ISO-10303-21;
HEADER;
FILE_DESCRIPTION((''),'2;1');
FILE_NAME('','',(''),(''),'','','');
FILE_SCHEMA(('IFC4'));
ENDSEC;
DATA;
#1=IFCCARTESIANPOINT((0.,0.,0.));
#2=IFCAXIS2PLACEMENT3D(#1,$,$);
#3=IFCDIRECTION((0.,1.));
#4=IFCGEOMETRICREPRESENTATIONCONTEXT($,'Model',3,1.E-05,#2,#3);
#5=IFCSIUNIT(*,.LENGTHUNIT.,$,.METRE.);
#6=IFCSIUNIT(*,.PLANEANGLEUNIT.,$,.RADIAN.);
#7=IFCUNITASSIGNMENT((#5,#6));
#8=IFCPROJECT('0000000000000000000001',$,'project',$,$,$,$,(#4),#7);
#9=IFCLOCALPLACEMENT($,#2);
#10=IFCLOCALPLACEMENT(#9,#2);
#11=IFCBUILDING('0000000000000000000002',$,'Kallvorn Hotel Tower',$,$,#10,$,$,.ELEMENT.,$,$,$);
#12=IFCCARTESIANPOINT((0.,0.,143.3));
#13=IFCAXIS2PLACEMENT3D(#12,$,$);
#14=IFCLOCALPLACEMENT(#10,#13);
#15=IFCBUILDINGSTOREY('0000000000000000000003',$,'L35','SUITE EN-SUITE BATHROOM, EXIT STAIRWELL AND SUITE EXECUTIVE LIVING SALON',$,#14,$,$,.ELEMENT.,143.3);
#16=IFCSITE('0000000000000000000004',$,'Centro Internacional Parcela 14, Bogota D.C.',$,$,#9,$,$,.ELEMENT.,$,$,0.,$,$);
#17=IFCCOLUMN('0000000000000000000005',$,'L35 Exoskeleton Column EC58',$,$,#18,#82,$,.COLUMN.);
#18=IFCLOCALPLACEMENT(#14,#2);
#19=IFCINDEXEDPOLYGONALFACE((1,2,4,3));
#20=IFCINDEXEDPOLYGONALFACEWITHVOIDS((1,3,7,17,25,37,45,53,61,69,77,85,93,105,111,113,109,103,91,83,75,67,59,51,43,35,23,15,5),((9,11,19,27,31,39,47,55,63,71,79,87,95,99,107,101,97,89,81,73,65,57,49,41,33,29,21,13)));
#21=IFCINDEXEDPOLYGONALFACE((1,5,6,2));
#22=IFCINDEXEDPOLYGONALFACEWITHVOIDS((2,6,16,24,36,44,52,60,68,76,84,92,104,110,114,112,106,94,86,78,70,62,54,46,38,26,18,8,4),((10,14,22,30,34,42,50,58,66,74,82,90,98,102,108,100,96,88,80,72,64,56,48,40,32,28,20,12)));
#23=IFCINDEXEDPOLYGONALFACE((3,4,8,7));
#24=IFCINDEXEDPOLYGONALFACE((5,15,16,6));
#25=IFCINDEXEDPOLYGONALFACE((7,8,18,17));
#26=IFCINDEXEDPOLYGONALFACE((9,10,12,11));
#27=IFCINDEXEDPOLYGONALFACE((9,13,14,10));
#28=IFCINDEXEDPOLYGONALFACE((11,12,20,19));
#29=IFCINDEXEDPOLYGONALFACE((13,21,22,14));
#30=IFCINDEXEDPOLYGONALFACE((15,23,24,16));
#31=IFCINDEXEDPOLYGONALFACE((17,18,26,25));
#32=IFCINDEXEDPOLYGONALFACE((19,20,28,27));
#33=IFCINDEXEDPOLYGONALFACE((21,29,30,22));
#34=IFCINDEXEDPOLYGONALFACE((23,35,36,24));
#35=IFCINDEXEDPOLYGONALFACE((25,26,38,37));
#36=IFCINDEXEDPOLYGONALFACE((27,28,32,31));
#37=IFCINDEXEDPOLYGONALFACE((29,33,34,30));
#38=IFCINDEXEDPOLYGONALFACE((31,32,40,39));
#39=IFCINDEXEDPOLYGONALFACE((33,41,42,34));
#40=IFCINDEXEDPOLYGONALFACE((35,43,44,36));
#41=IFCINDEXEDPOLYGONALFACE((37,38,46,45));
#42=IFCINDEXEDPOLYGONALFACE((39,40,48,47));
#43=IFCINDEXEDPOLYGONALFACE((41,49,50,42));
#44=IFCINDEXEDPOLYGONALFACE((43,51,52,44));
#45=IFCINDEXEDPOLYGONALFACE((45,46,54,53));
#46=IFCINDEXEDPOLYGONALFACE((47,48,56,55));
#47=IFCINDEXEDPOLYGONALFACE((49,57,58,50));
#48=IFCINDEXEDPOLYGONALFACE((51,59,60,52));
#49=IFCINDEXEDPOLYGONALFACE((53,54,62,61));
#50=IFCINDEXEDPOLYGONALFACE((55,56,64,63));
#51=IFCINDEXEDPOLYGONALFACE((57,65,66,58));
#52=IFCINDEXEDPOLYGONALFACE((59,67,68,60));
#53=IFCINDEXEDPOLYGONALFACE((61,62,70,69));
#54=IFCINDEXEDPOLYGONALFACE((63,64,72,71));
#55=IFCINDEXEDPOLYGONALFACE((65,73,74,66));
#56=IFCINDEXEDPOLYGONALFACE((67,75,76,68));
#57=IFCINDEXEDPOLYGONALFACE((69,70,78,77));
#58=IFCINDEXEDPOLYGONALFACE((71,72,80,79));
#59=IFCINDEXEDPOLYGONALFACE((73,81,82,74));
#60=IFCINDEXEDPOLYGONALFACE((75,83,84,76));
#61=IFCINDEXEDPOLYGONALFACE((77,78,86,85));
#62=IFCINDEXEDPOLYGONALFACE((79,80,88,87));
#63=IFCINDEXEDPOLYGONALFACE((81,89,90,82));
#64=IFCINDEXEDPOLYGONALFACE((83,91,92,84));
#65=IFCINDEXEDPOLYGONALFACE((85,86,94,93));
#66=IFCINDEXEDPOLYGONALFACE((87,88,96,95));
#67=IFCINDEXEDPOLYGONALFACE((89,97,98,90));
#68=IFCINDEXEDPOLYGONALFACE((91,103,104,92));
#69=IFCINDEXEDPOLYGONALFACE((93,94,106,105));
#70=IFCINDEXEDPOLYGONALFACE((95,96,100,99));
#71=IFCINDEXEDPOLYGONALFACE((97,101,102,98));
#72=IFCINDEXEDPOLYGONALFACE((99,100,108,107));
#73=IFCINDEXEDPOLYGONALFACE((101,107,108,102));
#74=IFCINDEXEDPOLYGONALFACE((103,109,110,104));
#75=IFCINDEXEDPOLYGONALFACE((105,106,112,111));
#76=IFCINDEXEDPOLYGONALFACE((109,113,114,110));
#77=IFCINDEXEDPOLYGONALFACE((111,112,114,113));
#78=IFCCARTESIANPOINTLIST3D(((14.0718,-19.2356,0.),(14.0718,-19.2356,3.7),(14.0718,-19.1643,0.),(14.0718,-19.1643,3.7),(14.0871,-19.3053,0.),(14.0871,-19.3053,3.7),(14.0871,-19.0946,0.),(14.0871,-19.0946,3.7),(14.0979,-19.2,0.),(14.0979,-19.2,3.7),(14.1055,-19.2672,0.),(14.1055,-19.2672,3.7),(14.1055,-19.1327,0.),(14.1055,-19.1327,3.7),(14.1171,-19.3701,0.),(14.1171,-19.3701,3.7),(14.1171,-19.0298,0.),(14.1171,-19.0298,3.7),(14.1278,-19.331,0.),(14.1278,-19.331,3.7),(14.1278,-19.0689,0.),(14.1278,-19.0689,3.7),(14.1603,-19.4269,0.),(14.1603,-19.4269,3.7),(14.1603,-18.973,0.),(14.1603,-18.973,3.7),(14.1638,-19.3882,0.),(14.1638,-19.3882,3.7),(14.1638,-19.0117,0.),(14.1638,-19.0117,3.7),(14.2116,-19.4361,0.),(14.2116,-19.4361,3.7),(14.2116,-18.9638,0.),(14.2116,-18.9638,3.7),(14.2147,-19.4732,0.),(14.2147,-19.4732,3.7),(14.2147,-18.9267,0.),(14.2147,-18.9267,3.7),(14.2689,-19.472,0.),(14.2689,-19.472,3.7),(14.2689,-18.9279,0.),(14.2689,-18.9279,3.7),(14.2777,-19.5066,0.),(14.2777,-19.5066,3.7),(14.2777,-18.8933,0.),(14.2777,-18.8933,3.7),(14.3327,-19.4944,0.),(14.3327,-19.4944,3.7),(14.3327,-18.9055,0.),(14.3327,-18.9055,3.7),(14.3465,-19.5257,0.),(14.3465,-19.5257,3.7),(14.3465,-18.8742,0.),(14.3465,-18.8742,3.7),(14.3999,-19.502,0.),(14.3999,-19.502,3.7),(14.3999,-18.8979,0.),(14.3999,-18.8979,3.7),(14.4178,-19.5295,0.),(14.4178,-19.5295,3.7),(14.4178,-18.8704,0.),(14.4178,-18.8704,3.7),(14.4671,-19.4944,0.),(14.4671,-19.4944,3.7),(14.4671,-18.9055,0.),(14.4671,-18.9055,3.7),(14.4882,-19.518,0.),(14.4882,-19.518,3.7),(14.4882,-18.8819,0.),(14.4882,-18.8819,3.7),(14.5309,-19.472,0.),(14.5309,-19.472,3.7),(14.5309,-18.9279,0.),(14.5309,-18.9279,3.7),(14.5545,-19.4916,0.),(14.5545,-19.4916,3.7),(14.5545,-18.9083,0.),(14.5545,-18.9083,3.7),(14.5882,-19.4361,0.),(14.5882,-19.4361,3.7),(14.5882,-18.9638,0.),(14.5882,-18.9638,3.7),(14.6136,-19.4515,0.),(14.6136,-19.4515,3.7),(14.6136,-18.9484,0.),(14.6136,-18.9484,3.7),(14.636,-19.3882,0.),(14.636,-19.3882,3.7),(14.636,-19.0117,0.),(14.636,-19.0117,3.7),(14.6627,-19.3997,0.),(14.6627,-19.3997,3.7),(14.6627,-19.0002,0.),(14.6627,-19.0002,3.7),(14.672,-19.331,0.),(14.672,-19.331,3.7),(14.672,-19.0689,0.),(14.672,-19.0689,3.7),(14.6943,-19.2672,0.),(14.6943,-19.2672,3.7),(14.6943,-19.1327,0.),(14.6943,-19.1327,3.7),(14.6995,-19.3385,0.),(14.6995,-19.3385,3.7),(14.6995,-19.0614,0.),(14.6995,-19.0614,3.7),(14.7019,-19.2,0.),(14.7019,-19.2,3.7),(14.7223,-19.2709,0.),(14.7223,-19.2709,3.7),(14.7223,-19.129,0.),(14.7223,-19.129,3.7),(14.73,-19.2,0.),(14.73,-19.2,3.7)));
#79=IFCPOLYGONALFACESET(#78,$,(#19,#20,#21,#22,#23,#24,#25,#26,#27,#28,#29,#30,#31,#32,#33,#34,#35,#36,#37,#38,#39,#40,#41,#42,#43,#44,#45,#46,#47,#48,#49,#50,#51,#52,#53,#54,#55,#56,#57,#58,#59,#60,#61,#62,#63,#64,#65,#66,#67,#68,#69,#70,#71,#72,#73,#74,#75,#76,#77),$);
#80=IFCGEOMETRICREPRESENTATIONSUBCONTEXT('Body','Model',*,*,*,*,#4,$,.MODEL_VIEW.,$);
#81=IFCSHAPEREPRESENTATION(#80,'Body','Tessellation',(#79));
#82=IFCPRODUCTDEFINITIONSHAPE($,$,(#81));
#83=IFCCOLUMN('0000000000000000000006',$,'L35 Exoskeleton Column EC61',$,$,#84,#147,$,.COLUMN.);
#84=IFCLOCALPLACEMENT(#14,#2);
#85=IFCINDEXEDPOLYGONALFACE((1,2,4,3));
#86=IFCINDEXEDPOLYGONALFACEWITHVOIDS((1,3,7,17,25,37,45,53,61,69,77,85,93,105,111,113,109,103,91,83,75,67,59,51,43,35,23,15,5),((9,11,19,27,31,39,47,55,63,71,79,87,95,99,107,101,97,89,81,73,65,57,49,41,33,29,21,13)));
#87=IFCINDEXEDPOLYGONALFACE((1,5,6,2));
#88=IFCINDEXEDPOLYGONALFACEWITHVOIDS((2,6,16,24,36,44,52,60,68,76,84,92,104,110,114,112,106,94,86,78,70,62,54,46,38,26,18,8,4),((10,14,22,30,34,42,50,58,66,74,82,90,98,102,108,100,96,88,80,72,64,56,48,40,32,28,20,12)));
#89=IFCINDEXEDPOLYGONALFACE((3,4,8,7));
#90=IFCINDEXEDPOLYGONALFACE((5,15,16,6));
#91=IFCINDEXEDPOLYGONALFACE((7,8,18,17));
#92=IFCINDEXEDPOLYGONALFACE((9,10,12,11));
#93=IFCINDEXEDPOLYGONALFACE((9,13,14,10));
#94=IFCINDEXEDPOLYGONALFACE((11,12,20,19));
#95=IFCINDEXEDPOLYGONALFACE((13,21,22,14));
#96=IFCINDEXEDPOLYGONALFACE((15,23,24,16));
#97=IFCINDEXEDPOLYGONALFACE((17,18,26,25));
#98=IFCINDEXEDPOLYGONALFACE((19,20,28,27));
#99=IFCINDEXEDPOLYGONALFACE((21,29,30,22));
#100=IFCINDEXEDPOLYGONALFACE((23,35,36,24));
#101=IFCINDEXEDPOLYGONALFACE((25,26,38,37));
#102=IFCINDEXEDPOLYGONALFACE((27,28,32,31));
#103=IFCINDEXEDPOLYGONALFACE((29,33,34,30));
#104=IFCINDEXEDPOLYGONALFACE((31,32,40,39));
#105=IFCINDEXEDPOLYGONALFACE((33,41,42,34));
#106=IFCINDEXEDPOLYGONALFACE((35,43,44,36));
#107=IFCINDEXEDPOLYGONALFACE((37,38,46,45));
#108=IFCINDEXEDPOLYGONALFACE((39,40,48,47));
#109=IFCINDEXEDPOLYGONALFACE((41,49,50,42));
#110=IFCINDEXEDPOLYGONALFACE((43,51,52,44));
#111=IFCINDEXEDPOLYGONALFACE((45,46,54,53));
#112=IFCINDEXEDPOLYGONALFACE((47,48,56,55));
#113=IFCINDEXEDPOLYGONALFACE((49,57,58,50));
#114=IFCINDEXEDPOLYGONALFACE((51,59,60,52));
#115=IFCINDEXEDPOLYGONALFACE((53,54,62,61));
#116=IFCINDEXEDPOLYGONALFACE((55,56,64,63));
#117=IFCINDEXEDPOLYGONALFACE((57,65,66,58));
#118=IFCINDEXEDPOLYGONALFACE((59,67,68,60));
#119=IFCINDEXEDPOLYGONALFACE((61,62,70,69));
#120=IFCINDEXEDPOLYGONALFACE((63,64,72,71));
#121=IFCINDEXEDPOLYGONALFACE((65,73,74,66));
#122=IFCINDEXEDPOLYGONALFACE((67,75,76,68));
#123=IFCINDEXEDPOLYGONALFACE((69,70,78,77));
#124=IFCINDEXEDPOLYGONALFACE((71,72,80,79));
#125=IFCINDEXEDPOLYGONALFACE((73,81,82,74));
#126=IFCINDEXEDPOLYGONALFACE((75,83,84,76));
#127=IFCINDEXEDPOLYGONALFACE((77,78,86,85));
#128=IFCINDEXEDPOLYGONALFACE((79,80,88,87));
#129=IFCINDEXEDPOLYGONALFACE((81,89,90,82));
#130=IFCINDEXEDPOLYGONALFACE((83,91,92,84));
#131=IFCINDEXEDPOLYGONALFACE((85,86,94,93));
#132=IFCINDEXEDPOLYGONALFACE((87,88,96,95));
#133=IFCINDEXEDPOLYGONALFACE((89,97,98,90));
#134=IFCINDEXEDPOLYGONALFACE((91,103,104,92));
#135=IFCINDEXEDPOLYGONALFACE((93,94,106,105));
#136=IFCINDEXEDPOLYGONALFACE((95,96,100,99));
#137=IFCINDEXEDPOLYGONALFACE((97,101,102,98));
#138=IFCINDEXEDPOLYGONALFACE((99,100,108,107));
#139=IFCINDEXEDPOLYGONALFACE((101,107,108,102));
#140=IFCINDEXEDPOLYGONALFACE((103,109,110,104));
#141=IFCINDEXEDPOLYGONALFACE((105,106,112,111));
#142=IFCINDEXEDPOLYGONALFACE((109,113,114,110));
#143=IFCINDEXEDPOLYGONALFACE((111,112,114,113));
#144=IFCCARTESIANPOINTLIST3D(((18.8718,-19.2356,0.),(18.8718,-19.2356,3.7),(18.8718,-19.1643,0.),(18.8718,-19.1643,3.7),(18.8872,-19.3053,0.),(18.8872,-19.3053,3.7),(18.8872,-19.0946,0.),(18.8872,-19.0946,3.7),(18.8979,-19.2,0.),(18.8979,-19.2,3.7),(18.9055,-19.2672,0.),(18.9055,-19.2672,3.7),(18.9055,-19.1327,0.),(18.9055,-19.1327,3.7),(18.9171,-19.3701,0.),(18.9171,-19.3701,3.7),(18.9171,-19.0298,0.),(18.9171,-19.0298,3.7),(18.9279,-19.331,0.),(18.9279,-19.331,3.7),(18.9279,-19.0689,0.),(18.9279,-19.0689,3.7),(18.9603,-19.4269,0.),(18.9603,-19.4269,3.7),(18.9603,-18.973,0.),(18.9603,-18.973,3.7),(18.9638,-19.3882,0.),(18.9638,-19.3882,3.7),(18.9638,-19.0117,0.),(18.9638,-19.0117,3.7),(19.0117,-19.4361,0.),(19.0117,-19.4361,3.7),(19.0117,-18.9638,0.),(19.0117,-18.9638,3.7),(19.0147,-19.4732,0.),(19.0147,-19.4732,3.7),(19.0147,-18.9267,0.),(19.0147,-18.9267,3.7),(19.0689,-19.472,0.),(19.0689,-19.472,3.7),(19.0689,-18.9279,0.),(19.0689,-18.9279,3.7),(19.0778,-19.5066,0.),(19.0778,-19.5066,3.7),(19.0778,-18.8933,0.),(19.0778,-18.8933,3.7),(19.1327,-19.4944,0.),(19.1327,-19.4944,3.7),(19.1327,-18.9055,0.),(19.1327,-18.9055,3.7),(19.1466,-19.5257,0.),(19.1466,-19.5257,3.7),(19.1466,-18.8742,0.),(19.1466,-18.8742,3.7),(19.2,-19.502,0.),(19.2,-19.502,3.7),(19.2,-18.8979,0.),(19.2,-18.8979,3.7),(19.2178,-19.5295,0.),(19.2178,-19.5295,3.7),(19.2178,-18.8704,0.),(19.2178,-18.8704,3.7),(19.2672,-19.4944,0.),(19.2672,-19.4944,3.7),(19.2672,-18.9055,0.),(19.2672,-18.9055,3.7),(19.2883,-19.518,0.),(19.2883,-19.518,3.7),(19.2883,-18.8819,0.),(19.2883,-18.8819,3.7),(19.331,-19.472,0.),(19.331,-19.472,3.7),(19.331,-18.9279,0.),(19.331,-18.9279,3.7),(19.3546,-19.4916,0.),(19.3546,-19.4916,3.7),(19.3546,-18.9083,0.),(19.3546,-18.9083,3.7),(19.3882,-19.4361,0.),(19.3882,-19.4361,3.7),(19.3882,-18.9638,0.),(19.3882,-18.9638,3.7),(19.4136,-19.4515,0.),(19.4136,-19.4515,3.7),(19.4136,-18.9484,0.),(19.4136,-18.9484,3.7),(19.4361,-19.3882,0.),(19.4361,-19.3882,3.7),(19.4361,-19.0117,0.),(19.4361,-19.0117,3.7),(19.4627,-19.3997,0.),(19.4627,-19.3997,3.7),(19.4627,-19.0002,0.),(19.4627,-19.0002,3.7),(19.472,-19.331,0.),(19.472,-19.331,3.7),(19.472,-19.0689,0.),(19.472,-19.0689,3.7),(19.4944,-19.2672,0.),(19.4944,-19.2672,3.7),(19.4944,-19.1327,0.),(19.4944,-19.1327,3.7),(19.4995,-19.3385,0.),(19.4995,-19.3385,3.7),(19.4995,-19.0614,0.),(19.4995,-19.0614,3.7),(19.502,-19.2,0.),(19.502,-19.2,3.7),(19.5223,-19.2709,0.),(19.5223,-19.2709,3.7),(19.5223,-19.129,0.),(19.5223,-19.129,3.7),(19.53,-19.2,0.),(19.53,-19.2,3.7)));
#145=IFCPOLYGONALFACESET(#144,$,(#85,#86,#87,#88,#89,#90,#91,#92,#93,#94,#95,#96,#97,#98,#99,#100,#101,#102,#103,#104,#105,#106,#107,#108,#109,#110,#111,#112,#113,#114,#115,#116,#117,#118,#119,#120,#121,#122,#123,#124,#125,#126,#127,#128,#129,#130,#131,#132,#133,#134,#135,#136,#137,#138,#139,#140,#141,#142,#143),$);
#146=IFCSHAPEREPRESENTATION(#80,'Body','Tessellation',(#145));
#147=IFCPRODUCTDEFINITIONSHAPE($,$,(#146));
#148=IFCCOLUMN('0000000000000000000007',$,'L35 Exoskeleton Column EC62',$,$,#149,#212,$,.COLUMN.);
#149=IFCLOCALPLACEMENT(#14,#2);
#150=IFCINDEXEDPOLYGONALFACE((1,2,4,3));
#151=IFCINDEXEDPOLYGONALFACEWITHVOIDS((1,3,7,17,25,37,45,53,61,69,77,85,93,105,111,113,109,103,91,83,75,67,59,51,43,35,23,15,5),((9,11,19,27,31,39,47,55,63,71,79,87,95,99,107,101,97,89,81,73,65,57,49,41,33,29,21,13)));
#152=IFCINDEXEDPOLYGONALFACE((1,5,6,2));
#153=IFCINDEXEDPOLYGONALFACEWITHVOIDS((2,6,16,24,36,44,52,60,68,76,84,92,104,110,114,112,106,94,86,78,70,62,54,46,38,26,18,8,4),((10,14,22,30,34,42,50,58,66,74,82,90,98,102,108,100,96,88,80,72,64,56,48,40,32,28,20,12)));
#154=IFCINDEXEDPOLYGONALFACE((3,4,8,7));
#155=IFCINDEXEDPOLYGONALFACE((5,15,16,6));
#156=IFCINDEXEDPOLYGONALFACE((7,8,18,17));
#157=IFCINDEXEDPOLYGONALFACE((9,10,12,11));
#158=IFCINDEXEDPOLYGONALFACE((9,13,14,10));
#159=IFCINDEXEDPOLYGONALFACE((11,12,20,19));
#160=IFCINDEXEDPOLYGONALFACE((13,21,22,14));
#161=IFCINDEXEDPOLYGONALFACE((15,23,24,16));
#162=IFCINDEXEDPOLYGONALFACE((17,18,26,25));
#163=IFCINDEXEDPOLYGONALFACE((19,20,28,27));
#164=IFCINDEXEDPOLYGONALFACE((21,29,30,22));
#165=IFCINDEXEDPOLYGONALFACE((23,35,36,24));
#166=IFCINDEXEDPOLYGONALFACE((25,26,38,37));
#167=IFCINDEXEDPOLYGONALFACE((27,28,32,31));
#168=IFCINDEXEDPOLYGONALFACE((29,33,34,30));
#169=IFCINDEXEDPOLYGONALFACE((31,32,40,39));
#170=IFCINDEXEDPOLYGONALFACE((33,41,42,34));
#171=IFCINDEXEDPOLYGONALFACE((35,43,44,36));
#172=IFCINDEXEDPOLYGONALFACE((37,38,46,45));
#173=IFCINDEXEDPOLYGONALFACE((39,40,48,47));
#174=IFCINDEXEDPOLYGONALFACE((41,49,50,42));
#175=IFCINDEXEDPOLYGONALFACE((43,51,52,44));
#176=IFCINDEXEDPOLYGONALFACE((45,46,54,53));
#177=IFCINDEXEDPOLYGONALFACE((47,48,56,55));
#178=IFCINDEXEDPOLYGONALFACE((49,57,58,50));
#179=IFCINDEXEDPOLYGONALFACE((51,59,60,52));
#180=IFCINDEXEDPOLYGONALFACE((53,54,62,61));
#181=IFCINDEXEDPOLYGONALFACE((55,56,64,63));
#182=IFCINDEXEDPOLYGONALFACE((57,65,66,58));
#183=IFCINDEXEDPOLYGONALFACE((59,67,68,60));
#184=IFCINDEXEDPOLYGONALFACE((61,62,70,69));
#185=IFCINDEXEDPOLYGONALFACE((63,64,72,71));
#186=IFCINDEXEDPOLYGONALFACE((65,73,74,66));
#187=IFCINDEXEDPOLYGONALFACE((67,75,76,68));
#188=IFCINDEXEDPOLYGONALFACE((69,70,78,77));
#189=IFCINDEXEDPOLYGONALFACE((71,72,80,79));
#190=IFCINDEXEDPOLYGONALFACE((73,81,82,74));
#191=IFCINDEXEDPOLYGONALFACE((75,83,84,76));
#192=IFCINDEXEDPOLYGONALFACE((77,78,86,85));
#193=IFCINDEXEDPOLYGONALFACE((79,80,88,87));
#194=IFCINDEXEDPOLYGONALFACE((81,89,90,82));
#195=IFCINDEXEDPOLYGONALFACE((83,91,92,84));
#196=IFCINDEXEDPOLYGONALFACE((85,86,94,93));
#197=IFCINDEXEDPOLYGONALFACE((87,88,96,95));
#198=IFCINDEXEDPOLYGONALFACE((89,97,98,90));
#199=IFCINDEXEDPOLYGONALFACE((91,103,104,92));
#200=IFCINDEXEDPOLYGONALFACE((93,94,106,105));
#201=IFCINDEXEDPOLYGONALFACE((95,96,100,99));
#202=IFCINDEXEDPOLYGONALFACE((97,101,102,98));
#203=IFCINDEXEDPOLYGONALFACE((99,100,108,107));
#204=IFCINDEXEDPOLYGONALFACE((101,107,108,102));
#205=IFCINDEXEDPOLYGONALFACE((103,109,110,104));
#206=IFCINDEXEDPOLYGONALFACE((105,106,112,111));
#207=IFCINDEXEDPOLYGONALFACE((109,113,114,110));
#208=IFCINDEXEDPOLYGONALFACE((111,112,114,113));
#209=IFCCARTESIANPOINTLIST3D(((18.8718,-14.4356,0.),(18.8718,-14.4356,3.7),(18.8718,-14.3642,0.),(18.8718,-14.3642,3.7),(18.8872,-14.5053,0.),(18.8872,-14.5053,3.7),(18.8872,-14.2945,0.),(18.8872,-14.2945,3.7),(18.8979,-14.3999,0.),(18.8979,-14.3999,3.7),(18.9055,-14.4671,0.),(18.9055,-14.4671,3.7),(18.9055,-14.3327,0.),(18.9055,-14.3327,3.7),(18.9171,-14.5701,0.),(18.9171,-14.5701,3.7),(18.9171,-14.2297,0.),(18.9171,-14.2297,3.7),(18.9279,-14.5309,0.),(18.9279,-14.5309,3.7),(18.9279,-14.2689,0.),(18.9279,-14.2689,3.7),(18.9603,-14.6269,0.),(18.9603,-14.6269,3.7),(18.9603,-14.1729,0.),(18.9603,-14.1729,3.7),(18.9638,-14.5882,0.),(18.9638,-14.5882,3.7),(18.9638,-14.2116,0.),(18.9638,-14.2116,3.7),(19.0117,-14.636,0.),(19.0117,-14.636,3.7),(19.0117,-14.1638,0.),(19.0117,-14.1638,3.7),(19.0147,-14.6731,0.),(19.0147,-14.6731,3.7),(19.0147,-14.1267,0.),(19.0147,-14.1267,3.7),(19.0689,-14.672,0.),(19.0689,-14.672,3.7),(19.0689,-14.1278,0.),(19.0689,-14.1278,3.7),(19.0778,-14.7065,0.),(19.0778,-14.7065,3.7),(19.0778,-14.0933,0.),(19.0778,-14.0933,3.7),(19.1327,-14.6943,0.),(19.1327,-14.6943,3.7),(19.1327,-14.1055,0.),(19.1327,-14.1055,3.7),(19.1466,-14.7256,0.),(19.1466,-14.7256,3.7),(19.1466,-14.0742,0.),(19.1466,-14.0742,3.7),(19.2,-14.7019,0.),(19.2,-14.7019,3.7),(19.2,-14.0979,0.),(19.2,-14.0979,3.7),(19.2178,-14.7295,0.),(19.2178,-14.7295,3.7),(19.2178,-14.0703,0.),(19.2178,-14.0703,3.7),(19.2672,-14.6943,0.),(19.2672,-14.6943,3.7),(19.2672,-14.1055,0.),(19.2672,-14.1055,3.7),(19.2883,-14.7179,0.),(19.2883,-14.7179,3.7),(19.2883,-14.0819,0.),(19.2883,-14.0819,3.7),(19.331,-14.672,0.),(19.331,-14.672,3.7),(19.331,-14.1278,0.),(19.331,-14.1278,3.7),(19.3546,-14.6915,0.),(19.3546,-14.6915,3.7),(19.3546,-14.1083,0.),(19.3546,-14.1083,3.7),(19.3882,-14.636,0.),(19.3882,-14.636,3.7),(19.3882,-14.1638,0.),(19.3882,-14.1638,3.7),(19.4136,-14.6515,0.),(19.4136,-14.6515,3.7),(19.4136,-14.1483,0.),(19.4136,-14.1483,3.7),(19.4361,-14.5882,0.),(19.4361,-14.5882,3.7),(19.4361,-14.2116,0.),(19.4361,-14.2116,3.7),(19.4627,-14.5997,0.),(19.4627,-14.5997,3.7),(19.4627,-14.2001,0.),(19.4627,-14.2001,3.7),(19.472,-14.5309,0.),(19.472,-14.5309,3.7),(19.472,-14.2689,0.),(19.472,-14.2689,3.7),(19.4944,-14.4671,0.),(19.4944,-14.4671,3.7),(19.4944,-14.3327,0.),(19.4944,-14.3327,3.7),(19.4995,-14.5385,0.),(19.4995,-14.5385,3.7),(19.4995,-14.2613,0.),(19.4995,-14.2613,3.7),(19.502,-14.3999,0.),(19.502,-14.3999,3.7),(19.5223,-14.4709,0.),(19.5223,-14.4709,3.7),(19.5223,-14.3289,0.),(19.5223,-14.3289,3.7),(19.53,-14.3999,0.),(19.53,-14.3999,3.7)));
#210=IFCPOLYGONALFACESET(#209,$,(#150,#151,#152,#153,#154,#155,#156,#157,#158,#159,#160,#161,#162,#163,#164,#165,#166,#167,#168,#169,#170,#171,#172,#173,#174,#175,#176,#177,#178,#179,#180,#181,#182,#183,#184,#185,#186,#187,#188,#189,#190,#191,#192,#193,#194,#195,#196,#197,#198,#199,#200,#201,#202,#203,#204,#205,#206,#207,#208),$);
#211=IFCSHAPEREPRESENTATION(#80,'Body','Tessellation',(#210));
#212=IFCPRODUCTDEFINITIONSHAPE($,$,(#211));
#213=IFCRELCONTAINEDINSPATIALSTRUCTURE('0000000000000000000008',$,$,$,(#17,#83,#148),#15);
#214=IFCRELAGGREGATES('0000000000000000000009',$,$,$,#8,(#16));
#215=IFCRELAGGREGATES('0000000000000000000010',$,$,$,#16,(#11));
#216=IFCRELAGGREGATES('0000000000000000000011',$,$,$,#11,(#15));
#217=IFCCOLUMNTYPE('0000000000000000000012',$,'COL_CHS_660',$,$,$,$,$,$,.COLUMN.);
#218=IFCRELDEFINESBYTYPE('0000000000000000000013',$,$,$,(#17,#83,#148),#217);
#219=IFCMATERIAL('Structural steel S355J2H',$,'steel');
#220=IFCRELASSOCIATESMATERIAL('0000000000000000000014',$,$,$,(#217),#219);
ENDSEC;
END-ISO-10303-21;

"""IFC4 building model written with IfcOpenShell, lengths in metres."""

from ifc_helpers import new_model, si_unit, direction, frame, origin, origin_2d, place, context, subcontext, project, spatial, hollow_circle, extrude, material, material_profile, profile_set, type_object, element, save


model = new_model("IFC4")

# Units and contexts
model_context = context("Model", 3, precision=1e-05, world=origin(), true_north=direction((0.0, 1.0)))
body_context = subcontext(model_context, "Body", "Model", "MODEL_VIEW")
ifc_project = project(units=[si_unit("LENGTHUNIT", "METRE"), si_unit("PLANEANGLEUNIT", "RADIAN")], contexts=[model_context])

# Site, building, storey
site_placement = place(None, origin())
site = spatial("IfcSite", under=ifc_project, at=site_placement, Name="Centro Internacional Parcela 14, Bogota D.C.", CompositionType="ELEMENT", RefElevation=0.0)
building_placement = place(site_placement, origin())
building = spatial("IfcBuilding", under=site, at=building_placement, Name="Kallvorn Hotel Tower", CompositionType="ELEMENT")
storey_placement = place(building_placement, frame((0.0, 0.0, 143.3)))
storey = spatial("IfcBuildingStorey", under=building, at=storey_placement, Name="L35", Description="SUITE EN-SUITE BATHROOM, EXIT STAIRWELL AND SUITE EXECUTIVE LIVING SALON", CompositionType="ELEMENT", Elevation=143.3)

# Columns
ifc_material_1 = material(Name="Structural steel S355J2H", Category="steel")
ifc_material_profile_1 = material_profile(ifc_material_1, hollow_circle(Radius=0.3301, WallThickness=0.0281, at=origin_2d()), Name="CHS 660x28")
ifc_profile_set_1 = profile_set([ifc_material_profile_1], Name="Structural steel S355J2H")
column_type_1 = type_object("IfcColumnType", Name="COL_CHS_660", PredefinedType="COLUMN", material=ifc_profile_set_1)
for number, where, z_axis, x_axis, name in (
    (1, (14.3999, -19.2, 0.0), (0.0, 0.0, 1.0), (1.0, 0.0, 0.0), "L35 Exoskeleton Column EC58"),
    (2, (19.2, -19.2, 0.0), (0.0, 0.0, 1.0), (1.0, 0.0, 0.0), "L35 Exoskeleton Column EC61"),
    (3, (19.2, -14.3999, 0.0), (0.0, 0.0, 1.0), (1.0, 0.0, 0.0), "L35 Exoskeleton Column EC62"),
):
    element("IfcColumn", number, at=place(storey_placement, frame(where, z_axis=z_axis, x_axis=x_axis)), inside=storey, type_object=column_type_1, Name=name, PredefinedType="COLUMN", context=body_context, shape_type="SweptSolid", body=[
        extrude(hollow_circle(Radius=0.3301, WallThickness=0.0281, at=origin_2d()), origin(), (0.0, 0.0, 1.0), 3.7),
    ])

save(model, "model.ifc")
